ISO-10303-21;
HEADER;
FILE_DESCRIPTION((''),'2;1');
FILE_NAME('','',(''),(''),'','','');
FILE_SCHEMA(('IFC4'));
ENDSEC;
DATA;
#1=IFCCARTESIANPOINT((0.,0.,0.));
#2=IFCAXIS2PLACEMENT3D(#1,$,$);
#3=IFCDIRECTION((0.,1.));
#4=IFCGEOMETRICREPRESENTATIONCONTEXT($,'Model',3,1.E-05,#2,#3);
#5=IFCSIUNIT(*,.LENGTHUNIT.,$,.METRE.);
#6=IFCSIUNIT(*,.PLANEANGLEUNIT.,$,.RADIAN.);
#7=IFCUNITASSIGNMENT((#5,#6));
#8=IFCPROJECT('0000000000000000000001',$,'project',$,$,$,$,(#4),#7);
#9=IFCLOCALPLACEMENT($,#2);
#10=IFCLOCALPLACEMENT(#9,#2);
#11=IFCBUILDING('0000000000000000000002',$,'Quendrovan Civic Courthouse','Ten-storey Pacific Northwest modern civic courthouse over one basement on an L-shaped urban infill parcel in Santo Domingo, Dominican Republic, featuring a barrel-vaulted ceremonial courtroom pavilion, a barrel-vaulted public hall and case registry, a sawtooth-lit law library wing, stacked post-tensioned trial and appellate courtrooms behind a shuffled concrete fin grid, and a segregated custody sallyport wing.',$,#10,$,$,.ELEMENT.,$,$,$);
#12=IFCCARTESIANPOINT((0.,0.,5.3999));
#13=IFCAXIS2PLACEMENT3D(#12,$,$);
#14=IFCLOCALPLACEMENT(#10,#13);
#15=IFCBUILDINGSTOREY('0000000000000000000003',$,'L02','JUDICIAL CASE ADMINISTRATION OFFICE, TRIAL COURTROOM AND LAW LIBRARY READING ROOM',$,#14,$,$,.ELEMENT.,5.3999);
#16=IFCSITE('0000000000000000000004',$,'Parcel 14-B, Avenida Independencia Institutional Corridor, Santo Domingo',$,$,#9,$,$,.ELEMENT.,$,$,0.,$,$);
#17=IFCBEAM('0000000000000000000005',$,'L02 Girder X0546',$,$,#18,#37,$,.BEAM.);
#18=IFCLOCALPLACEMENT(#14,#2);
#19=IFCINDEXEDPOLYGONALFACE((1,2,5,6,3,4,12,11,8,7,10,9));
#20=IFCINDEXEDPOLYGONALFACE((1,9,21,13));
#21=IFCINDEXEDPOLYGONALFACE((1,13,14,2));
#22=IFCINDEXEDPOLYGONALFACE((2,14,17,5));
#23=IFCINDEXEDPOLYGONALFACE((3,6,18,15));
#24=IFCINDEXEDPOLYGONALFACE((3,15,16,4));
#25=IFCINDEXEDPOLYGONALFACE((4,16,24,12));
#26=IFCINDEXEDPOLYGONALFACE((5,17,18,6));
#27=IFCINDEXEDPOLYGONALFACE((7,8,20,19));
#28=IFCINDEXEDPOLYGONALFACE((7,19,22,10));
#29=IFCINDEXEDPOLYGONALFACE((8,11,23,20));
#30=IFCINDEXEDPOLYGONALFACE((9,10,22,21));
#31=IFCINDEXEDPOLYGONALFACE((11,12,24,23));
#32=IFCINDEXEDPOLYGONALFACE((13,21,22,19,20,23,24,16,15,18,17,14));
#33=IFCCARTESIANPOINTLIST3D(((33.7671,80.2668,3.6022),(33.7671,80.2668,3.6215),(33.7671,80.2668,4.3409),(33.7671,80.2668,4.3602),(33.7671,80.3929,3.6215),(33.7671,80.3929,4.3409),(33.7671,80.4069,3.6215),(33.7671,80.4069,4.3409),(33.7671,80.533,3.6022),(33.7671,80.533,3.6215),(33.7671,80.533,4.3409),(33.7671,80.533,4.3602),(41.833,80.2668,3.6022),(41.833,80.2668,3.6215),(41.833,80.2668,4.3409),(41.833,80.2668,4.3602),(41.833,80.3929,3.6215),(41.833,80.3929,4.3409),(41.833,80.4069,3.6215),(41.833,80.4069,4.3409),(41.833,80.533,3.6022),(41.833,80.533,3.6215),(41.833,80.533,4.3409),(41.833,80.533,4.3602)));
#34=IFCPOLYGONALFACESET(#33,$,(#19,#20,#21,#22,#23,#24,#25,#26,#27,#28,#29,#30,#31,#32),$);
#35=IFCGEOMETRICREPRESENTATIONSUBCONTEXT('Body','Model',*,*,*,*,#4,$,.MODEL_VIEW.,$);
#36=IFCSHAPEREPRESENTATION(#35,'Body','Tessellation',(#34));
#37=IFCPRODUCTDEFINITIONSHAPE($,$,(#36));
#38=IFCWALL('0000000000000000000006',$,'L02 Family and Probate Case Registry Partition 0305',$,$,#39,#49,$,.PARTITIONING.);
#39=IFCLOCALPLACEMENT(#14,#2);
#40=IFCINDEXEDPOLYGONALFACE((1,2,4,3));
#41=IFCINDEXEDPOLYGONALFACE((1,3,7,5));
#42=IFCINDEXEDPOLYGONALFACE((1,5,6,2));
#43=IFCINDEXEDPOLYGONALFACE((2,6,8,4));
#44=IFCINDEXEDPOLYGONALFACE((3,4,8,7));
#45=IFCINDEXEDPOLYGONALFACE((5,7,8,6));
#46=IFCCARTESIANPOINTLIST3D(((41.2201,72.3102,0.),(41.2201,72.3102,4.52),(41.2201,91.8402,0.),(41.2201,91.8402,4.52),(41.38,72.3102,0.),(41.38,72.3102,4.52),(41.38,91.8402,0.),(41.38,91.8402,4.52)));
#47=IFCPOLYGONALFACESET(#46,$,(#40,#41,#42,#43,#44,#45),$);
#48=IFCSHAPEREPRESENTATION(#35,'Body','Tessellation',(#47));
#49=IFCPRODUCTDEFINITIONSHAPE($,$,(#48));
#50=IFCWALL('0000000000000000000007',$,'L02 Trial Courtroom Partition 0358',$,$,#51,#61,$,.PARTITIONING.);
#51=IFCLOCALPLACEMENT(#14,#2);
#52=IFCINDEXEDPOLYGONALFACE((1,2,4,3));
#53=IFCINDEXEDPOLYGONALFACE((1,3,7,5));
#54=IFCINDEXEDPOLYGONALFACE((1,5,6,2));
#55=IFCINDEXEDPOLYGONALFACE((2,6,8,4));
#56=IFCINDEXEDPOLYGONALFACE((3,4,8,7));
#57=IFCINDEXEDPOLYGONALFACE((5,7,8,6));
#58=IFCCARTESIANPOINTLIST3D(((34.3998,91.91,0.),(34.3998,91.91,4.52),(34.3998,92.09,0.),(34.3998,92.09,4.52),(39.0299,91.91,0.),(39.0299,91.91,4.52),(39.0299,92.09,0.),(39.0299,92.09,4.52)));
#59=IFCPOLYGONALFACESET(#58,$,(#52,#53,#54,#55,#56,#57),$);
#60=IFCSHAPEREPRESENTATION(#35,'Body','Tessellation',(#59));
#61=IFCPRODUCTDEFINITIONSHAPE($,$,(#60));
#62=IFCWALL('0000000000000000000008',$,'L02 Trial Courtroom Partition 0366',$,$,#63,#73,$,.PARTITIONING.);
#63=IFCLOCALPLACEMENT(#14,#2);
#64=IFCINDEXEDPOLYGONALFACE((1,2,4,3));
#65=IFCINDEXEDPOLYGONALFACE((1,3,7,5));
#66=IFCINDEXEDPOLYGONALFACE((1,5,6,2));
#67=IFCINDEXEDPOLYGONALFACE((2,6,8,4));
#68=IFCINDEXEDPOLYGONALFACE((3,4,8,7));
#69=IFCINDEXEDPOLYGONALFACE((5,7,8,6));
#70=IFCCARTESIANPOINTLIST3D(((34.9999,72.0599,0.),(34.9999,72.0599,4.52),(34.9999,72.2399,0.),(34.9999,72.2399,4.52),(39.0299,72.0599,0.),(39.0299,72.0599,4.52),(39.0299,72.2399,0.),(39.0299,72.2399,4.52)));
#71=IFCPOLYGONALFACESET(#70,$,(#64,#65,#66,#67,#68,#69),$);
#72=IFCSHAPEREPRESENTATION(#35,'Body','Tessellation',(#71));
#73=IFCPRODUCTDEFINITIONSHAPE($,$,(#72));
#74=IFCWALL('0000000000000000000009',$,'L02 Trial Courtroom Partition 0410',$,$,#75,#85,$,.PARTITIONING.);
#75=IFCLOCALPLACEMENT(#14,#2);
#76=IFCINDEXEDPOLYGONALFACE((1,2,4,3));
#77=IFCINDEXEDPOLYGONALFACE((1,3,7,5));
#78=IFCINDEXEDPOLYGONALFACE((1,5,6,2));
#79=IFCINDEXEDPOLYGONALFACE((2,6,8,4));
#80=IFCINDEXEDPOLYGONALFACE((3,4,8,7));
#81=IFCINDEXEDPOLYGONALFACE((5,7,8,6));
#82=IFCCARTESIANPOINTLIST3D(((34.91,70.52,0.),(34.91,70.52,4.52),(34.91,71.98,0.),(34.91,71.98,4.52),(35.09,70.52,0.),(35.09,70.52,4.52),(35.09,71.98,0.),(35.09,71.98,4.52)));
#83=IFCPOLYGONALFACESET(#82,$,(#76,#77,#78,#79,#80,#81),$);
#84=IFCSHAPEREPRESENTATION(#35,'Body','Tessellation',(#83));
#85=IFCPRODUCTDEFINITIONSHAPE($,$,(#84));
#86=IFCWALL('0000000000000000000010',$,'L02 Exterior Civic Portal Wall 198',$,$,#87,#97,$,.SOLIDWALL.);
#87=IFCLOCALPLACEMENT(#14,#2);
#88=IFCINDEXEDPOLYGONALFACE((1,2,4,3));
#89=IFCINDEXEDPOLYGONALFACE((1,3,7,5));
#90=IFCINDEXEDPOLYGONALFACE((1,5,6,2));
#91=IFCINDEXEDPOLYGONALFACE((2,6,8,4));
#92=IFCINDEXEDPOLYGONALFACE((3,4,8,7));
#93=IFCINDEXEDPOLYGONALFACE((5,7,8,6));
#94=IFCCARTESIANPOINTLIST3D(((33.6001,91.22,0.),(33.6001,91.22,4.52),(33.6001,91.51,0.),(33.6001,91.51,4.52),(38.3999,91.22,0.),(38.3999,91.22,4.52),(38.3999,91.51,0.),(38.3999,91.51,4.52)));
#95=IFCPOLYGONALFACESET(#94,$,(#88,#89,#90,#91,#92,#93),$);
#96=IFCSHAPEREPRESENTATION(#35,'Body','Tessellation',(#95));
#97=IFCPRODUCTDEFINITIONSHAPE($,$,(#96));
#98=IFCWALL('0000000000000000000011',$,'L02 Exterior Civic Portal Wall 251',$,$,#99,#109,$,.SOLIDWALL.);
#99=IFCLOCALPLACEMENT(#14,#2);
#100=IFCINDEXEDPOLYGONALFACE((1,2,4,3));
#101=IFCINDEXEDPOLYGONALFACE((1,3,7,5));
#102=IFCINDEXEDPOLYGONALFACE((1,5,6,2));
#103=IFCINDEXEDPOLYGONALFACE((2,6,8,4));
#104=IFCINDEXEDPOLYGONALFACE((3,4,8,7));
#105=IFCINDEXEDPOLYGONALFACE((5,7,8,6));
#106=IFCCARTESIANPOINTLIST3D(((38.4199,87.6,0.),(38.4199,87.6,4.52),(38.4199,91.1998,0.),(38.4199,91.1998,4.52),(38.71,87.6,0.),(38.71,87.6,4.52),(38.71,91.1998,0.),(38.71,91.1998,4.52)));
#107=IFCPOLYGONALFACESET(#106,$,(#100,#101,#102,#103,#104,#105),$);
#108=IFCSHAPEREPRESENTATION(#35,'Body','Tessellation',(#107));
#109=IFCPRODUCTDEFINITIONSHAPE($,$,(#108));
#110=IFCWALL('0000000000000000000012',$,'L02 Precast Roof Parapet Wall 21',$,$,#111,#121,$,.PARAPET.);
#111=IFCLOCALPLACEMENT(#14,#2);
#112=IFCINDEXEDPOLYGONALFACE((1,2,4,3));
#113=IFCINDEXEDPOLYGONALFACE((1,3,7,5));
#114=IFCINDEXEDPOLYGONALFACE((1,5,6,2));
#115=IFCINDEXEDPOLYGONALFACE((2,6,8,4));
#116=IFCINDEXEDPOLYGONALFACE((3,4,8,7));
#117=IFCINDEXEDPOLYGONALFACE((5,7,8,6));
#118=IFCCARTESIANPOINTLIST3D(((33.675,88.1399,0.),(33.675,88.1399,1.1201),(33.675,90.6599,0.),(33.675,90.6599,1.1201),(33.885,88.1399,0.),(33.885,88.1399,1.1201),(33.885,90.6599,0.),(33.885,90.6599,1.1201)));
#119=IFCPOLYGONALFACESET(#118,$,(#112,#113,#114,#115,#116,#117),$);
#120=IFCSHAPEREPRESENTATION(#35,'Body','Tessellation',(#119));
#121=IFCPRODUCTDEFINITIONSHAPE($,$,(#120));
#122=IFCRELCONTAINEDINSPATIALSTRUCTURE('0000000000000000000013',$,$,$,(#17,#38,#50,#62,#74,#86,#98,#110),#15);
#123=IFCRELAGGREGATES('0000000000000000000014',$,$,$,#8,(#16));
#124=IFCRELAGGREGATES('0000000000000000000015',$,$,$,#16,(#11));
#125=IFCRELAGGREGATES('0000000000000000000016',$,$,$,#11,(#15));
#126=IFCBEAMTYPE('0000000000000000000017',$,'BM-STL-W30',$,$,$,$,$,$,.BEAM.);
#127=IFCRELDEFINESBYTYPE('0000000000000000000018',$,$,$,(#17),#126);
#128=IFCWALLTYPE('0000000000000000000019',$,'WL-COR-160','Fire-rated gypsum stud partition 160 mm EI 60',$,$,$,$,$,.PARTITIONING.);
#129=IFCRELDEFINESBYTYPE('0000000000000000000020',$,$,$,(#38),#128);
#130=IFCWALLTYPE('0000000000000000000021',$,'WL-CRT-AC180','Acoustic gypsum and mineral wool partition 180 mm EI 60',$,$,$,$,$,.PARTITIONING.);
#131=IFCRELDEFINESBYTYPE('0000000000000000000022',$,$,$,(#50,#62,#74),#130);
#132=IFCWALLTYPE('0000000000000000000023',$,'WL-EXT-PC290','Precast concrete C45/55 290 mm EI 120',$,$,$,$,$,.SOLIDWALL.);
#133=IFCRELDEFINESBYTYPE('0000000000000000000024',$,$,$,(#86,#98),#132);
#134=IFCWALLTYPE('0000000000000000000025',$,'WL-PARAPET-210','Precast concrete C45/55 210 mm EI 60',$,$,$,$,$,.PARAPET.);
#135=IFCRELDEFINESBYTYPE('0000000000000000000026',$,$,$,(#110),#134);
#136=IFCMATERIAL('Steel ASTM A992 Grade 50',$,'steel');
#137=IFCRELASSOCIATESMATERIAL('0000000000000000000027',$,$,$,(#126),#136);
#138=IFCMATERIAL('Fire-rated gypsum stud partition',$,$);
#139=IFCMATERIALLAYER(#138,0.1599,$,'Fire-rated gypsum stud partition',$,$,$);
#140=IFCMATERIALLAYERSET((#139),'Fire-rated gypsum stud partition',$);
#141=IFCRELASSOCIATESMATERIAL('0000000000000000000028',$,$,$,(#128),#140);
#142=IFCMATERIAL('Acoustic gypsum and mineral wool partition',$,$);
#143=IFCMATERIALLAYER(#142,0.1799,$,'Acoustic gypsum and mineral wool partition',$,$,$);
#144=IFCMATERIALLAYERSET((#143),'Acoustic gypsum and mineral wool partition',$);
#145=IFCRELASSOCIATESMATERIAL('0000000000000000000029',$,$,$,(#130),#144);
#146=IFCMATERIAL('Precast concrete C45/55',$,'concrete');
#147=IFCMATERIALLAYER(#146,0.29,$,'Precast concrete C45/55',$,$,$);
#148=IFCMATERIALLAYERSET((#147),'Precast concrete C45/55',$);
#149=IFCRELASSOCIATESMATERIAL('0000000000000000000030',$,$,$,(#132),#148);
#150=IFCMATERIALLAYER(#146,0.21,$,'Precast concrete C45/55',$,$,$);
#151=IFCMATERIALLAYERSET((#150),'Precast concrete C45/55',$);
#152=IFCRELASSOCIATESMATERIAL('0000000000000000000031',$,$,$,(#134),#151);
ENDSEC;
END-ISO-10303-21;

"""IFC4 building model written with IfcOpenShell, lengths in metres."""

from ifc_helpers import new_model, si_unit, direction, frame, frame_2d, origin, origin_2d, place, context, subcontext, project, spatial, rectangle, i_section, extrude, material, layer, layer_set, material_profile, profile_set, type_object, element, save


model = new_model("IFC4")

# Units and contexts
model_context = context("Model", 3, precision=1e-05, world=origin(), true_north=direction((0.0, 1.0)))
body_context = subcontext(model_context, "Body", "Model", "MODEL_VIEW")
ifc_project = project(units=[si_unit("LENGTHUNIT", "METRE"), si_unit("PLANEANGLEUNIT", "RADIAN")], contexts=[model_context])

# Site, building, storey
site_placement = place(None, origin())
site = spatial("IfcSite", under=ifc_project, at=site_placement, Name="Parcel 14-B, Avenida Independencia Institutional Corridor, Santo Domingo", CompositionType="ELEMENT", RefElevation=0.0)
building_placement = place(site_placement, origin())
building = spatial("IfcBuilding", under=site, at=building_placement, Name="Quendrovan Civic Courthouse", Description="Ten-storey Pacific Northwest modern civic courthouse over one basement on an L-shaped urban infill parcel in Santo Domingo, Dominican Republic, featuring a barrel-vaulted ceremonial courtroom pavilion, a barrel-vaulted public hall and case registry, a sawtooth-lit law library wing, stacked post-tensioned trial and appellate courtrooms behind a shuffled concrete fin grid, and a segregated custody sallyport wing.", CompositionType="ELEMENT")
storey_placement = place(building_placement, frame((0.0, 0.0, 5.3999)))
storey = spatial("IfcBuildingStorey", under=building, at=storey_placement, Name="L02", Description="JUDICIAL CASE ADMINISTRATION OFFICE, TRIAL COURTROOM AND LAW LIBRARY READING ROOM", CompositionType="ELEMENT", Elevation=5.3999)

# Shared definitions
ifc_material_1 = material(Name="Steel ASTM A992 Grade 50", Category="steel")

# Beam
ifc_material_profile_1 = material_profile(ifc_material_1, i_section(OverallWidth=0.2661, OverallDepth=0.7581, WebThickness=0.0139, FlangeThickness=0.0193, at=origin_2d()), Name="W30X108")
ifc_profile_set_1 = profile_set([ifc_material_profile_1], Name="Steel ASTM A992 Grade 50")
beam_type_1 = type_object("IfcBeamType", Name="BM-STL-W30", PredefinedType="BEAM", material=ifc_profile_set_1)
beam_1_placement = place(storey_placement, frame((33.7671, 80.3999, 3.9812), z_axis=(1.0, 0.0, 0.0), x_axis=(0.0, 1.0, 0.0)))
element("IfcBeam", 1, at=beam_1_placement, inside=storey, type_object=beam_type_1, Name="L02 Girder X0546", PredefinedType="BEAM", context=body_context, shape_type="SweptSolid", body=[
    extrude(i_section(OverallWidth=0.2661, OverallDepth=0.7581, WebThickness=0.0139, FlangeThickness=0.0193, at=origin_2d()), origin(), (0.0, 0.0, 1.0), 8.0659),
])

# Walls
ifc_material_2 = material(Name="Fire-rated gypsum stud partition")
ifc_layer_1 = layer(ifc_material_2, 0.1599, Name="Fire-rated gypsum stud partition")
ifc_layer_set_1 = layer_set([ifc_layer_1], Name="Fire-rated gypsum stud partition")
wall_type_1 = type_object("IfcWallType", Name="WL-COR-160", Description="Fire-rated gypsum stud partition 160 mm EI 60", PredefinedType="PARTITIONING", material=ifc_layer_set_1)
wall_1_placement = place(storey_placement, frame((41.3, 72.3101, 0.0), z_axis=(0.0, 0.0, 1.0), x_axis=(0.0, 1.0, 0.0)))
element("IfcWall", 2, at=wall_1_placement, inside=storey, type_object=wall_type_1, Name="L02 Family and Probate Case Registry Partition 0305", PredefinedType="PARTITIONING", context=body_context, shape_type="SweptSolid", body=[
    extrude(rectangle(XDim=19.53, YDim=0.1599, at=frame_2d((9.7651, 0.0))), origin(), (0.0, 0.0, 1.0), 4.52),
])
ifc_material_3 = material(Name="Acoustic gypsum and mineral wool partition")
ifc_layer_2 = layer(ifc_material_3, 0.1799, Name="Acoustic gypsum and mineral wool partition")
ifc_layer_set_2 = layer_set([ifc_layer_2], Name="Acoustic gypsum and mineral wool partition")
wall_type_2 = type_object("IfcWallType", Name="WL-CRT-AC180", Description="Acoustic gypsum and mineral wool partition 180 mm EI 60", PredefinedType="PARTITIONING", material=ifc_layer_set_2)
wall_2_placement = place(storey_placement, frame((34.3999, 92.0, 0.0), z_axis=(0.0, 0.0, 1.0), x_axis=(1.0, 0.0, 0.0)))
element("IfcWall", 3, at=wall_2_placement, inside=storey, type_object=wall_type_2, Name="L02 Trial Courtroom Partition 0358", PredefinedType="PARTITIONING", context=body_context, shape_type="SweptSolid", body=[
    extrude(rectangle(XDim=4.6301, YDim=0.1799, at=frame_2d((2.3149, 0.0))), origin(), (0.0, 0.0, 1.0), 4.52),
])
wall_3_placement = place(storey_placement, frame((39.03, 72.1499, 0.0), z_axis=(0.0, 0.0, 1.0), x_axis=(-1.0, 0.0, 0.0)))
element("IfcWall", 4, at=wall_3_placement, inside=storey, type_object=wall_type_2, Name="L02 Trial Courtroom Partition 0366", PredefinedType="PARTITIONING", context=body_context, shape_type="SweptSolid", body=[
    extrude(rectangle(XDim=4.03, YDim=0.1799, at=frame_2d((2.0151, 0.0))), origin(), (0.0, 0.0, 1.0), 4.52),
])
wall_4_placement = place(storey_placement, frame((35.0, 71.98, 0.0), z_axis=(0.0, 0.0, 1.0), x_axis=(0.0, -1.0, 0.0)))
element("IfcWall", 5, at=wall_4_placement, inside=storey, type_object=wall_type_2, Name="L02 Trial Courtroom Partition 0410", PredefinedType="PARTITIONING", context=body_context, shape_type="SweptSolid", body=[
    extrude(rectangle(XDim=1.46, YDim=0.1799, at=frame_2d((0.73, 0.0))), origin(), (0.0, 0.0, 1.0), 4.52),
])
ifc_material_4 = material(Name="Precast concrete C45/55", Category="concrete")
ifc_layer_3 = layer(ifc_material_4, 0.29, Name="Precast concrete C45/55")
ifc_layer_set_3 = layer_set([ifc_layer_3], Name="Precast concrete C45/55")
wall_type_3 = type_object("IfcWallType", Name="WL-EXT-PC290", Description="Precast concrete C45/55 290 mm EI 120", PredefinedType="SOLIDWALL", material=ifc_layer_set_3)
wall_5_placement = place(storey_placement, frame((38.3999, 91.365, 0.0), z_axis=(0.0, 0.0, 1.0), x_axis=(-1.0, 0.0, 0.0)))
element("IfcWall", 6, at=wall_5_placement, inside=storey, type_object=wall_type_3, Name="L02 Exterior Civic Portal Wall 198", PredefinedType="SOLIDWALL", context=body_context, shape_type="SweptSolid", body=[
    extrude(rectangle(XDim=4.7998, YDim=0.29, at=frame_2d((2.3999, 0.0))), origin(), (0.0, 0.0, 1.0), 4.52),
])
wall_6_placement = place(storey_placement, frame((38.5649, 87.6001, 0.0), z_axis=(0.0, 0.0, 1.0), x_axis=(0.0, 1.0, 0.0)))
element("IfcWall", 7, at=wall_6_placement, inside=storey, type_object=wall_type_3, Name="L02 Exterior Civic Portal Wall 251", PredefinedType="SOLIDWALL", context=body_context, shape_type="SweptSolid", body=[
    extrude(rectangle(XDim=3.5999, YDim=0.29, at=frame_2d((1.7998, 0.0))), origin(), (0.0, 0.0, 1.0), 4.52),
])
ifc_layer_4 = layer(ifc_material_4, 0.21, Name="Precast concrete C45/55")
ifc_layer_set_4 = layer_set([ifc_layer_4], Name="Precast concrete C45/55")
wall_type_4 = type_object("IfcWallType", Name="WL-PARAPET-210", Description="Precast concrete C45/55 210 mm EI 60", PredefinedType="PARAPET", material=ifc_layer_set_4)
wall_7_placement = place(storey_placement, frame((33.78, 88.1399, 0.0), z_axis=(0.0, 0.0, 1.0), x_axis=(0.0, 1.0, 0.0)))
element("IfcWall", 8, at=wall_7_placement, inside=storey, type_object=wall_type_4, Name="L02 Precast Roof Parapet Wall 21", PredefinedType="PARAPET", context=body_context, shape_type="SweptSolid", body=[
    extrude(rectangle(XDim=2.52, YDim=0.21, at=frame_2d((1.26, 0.0))), origin(), (0.0, 0.0, 1.0), 1.1201),
])

save(model, "model.ifc")
